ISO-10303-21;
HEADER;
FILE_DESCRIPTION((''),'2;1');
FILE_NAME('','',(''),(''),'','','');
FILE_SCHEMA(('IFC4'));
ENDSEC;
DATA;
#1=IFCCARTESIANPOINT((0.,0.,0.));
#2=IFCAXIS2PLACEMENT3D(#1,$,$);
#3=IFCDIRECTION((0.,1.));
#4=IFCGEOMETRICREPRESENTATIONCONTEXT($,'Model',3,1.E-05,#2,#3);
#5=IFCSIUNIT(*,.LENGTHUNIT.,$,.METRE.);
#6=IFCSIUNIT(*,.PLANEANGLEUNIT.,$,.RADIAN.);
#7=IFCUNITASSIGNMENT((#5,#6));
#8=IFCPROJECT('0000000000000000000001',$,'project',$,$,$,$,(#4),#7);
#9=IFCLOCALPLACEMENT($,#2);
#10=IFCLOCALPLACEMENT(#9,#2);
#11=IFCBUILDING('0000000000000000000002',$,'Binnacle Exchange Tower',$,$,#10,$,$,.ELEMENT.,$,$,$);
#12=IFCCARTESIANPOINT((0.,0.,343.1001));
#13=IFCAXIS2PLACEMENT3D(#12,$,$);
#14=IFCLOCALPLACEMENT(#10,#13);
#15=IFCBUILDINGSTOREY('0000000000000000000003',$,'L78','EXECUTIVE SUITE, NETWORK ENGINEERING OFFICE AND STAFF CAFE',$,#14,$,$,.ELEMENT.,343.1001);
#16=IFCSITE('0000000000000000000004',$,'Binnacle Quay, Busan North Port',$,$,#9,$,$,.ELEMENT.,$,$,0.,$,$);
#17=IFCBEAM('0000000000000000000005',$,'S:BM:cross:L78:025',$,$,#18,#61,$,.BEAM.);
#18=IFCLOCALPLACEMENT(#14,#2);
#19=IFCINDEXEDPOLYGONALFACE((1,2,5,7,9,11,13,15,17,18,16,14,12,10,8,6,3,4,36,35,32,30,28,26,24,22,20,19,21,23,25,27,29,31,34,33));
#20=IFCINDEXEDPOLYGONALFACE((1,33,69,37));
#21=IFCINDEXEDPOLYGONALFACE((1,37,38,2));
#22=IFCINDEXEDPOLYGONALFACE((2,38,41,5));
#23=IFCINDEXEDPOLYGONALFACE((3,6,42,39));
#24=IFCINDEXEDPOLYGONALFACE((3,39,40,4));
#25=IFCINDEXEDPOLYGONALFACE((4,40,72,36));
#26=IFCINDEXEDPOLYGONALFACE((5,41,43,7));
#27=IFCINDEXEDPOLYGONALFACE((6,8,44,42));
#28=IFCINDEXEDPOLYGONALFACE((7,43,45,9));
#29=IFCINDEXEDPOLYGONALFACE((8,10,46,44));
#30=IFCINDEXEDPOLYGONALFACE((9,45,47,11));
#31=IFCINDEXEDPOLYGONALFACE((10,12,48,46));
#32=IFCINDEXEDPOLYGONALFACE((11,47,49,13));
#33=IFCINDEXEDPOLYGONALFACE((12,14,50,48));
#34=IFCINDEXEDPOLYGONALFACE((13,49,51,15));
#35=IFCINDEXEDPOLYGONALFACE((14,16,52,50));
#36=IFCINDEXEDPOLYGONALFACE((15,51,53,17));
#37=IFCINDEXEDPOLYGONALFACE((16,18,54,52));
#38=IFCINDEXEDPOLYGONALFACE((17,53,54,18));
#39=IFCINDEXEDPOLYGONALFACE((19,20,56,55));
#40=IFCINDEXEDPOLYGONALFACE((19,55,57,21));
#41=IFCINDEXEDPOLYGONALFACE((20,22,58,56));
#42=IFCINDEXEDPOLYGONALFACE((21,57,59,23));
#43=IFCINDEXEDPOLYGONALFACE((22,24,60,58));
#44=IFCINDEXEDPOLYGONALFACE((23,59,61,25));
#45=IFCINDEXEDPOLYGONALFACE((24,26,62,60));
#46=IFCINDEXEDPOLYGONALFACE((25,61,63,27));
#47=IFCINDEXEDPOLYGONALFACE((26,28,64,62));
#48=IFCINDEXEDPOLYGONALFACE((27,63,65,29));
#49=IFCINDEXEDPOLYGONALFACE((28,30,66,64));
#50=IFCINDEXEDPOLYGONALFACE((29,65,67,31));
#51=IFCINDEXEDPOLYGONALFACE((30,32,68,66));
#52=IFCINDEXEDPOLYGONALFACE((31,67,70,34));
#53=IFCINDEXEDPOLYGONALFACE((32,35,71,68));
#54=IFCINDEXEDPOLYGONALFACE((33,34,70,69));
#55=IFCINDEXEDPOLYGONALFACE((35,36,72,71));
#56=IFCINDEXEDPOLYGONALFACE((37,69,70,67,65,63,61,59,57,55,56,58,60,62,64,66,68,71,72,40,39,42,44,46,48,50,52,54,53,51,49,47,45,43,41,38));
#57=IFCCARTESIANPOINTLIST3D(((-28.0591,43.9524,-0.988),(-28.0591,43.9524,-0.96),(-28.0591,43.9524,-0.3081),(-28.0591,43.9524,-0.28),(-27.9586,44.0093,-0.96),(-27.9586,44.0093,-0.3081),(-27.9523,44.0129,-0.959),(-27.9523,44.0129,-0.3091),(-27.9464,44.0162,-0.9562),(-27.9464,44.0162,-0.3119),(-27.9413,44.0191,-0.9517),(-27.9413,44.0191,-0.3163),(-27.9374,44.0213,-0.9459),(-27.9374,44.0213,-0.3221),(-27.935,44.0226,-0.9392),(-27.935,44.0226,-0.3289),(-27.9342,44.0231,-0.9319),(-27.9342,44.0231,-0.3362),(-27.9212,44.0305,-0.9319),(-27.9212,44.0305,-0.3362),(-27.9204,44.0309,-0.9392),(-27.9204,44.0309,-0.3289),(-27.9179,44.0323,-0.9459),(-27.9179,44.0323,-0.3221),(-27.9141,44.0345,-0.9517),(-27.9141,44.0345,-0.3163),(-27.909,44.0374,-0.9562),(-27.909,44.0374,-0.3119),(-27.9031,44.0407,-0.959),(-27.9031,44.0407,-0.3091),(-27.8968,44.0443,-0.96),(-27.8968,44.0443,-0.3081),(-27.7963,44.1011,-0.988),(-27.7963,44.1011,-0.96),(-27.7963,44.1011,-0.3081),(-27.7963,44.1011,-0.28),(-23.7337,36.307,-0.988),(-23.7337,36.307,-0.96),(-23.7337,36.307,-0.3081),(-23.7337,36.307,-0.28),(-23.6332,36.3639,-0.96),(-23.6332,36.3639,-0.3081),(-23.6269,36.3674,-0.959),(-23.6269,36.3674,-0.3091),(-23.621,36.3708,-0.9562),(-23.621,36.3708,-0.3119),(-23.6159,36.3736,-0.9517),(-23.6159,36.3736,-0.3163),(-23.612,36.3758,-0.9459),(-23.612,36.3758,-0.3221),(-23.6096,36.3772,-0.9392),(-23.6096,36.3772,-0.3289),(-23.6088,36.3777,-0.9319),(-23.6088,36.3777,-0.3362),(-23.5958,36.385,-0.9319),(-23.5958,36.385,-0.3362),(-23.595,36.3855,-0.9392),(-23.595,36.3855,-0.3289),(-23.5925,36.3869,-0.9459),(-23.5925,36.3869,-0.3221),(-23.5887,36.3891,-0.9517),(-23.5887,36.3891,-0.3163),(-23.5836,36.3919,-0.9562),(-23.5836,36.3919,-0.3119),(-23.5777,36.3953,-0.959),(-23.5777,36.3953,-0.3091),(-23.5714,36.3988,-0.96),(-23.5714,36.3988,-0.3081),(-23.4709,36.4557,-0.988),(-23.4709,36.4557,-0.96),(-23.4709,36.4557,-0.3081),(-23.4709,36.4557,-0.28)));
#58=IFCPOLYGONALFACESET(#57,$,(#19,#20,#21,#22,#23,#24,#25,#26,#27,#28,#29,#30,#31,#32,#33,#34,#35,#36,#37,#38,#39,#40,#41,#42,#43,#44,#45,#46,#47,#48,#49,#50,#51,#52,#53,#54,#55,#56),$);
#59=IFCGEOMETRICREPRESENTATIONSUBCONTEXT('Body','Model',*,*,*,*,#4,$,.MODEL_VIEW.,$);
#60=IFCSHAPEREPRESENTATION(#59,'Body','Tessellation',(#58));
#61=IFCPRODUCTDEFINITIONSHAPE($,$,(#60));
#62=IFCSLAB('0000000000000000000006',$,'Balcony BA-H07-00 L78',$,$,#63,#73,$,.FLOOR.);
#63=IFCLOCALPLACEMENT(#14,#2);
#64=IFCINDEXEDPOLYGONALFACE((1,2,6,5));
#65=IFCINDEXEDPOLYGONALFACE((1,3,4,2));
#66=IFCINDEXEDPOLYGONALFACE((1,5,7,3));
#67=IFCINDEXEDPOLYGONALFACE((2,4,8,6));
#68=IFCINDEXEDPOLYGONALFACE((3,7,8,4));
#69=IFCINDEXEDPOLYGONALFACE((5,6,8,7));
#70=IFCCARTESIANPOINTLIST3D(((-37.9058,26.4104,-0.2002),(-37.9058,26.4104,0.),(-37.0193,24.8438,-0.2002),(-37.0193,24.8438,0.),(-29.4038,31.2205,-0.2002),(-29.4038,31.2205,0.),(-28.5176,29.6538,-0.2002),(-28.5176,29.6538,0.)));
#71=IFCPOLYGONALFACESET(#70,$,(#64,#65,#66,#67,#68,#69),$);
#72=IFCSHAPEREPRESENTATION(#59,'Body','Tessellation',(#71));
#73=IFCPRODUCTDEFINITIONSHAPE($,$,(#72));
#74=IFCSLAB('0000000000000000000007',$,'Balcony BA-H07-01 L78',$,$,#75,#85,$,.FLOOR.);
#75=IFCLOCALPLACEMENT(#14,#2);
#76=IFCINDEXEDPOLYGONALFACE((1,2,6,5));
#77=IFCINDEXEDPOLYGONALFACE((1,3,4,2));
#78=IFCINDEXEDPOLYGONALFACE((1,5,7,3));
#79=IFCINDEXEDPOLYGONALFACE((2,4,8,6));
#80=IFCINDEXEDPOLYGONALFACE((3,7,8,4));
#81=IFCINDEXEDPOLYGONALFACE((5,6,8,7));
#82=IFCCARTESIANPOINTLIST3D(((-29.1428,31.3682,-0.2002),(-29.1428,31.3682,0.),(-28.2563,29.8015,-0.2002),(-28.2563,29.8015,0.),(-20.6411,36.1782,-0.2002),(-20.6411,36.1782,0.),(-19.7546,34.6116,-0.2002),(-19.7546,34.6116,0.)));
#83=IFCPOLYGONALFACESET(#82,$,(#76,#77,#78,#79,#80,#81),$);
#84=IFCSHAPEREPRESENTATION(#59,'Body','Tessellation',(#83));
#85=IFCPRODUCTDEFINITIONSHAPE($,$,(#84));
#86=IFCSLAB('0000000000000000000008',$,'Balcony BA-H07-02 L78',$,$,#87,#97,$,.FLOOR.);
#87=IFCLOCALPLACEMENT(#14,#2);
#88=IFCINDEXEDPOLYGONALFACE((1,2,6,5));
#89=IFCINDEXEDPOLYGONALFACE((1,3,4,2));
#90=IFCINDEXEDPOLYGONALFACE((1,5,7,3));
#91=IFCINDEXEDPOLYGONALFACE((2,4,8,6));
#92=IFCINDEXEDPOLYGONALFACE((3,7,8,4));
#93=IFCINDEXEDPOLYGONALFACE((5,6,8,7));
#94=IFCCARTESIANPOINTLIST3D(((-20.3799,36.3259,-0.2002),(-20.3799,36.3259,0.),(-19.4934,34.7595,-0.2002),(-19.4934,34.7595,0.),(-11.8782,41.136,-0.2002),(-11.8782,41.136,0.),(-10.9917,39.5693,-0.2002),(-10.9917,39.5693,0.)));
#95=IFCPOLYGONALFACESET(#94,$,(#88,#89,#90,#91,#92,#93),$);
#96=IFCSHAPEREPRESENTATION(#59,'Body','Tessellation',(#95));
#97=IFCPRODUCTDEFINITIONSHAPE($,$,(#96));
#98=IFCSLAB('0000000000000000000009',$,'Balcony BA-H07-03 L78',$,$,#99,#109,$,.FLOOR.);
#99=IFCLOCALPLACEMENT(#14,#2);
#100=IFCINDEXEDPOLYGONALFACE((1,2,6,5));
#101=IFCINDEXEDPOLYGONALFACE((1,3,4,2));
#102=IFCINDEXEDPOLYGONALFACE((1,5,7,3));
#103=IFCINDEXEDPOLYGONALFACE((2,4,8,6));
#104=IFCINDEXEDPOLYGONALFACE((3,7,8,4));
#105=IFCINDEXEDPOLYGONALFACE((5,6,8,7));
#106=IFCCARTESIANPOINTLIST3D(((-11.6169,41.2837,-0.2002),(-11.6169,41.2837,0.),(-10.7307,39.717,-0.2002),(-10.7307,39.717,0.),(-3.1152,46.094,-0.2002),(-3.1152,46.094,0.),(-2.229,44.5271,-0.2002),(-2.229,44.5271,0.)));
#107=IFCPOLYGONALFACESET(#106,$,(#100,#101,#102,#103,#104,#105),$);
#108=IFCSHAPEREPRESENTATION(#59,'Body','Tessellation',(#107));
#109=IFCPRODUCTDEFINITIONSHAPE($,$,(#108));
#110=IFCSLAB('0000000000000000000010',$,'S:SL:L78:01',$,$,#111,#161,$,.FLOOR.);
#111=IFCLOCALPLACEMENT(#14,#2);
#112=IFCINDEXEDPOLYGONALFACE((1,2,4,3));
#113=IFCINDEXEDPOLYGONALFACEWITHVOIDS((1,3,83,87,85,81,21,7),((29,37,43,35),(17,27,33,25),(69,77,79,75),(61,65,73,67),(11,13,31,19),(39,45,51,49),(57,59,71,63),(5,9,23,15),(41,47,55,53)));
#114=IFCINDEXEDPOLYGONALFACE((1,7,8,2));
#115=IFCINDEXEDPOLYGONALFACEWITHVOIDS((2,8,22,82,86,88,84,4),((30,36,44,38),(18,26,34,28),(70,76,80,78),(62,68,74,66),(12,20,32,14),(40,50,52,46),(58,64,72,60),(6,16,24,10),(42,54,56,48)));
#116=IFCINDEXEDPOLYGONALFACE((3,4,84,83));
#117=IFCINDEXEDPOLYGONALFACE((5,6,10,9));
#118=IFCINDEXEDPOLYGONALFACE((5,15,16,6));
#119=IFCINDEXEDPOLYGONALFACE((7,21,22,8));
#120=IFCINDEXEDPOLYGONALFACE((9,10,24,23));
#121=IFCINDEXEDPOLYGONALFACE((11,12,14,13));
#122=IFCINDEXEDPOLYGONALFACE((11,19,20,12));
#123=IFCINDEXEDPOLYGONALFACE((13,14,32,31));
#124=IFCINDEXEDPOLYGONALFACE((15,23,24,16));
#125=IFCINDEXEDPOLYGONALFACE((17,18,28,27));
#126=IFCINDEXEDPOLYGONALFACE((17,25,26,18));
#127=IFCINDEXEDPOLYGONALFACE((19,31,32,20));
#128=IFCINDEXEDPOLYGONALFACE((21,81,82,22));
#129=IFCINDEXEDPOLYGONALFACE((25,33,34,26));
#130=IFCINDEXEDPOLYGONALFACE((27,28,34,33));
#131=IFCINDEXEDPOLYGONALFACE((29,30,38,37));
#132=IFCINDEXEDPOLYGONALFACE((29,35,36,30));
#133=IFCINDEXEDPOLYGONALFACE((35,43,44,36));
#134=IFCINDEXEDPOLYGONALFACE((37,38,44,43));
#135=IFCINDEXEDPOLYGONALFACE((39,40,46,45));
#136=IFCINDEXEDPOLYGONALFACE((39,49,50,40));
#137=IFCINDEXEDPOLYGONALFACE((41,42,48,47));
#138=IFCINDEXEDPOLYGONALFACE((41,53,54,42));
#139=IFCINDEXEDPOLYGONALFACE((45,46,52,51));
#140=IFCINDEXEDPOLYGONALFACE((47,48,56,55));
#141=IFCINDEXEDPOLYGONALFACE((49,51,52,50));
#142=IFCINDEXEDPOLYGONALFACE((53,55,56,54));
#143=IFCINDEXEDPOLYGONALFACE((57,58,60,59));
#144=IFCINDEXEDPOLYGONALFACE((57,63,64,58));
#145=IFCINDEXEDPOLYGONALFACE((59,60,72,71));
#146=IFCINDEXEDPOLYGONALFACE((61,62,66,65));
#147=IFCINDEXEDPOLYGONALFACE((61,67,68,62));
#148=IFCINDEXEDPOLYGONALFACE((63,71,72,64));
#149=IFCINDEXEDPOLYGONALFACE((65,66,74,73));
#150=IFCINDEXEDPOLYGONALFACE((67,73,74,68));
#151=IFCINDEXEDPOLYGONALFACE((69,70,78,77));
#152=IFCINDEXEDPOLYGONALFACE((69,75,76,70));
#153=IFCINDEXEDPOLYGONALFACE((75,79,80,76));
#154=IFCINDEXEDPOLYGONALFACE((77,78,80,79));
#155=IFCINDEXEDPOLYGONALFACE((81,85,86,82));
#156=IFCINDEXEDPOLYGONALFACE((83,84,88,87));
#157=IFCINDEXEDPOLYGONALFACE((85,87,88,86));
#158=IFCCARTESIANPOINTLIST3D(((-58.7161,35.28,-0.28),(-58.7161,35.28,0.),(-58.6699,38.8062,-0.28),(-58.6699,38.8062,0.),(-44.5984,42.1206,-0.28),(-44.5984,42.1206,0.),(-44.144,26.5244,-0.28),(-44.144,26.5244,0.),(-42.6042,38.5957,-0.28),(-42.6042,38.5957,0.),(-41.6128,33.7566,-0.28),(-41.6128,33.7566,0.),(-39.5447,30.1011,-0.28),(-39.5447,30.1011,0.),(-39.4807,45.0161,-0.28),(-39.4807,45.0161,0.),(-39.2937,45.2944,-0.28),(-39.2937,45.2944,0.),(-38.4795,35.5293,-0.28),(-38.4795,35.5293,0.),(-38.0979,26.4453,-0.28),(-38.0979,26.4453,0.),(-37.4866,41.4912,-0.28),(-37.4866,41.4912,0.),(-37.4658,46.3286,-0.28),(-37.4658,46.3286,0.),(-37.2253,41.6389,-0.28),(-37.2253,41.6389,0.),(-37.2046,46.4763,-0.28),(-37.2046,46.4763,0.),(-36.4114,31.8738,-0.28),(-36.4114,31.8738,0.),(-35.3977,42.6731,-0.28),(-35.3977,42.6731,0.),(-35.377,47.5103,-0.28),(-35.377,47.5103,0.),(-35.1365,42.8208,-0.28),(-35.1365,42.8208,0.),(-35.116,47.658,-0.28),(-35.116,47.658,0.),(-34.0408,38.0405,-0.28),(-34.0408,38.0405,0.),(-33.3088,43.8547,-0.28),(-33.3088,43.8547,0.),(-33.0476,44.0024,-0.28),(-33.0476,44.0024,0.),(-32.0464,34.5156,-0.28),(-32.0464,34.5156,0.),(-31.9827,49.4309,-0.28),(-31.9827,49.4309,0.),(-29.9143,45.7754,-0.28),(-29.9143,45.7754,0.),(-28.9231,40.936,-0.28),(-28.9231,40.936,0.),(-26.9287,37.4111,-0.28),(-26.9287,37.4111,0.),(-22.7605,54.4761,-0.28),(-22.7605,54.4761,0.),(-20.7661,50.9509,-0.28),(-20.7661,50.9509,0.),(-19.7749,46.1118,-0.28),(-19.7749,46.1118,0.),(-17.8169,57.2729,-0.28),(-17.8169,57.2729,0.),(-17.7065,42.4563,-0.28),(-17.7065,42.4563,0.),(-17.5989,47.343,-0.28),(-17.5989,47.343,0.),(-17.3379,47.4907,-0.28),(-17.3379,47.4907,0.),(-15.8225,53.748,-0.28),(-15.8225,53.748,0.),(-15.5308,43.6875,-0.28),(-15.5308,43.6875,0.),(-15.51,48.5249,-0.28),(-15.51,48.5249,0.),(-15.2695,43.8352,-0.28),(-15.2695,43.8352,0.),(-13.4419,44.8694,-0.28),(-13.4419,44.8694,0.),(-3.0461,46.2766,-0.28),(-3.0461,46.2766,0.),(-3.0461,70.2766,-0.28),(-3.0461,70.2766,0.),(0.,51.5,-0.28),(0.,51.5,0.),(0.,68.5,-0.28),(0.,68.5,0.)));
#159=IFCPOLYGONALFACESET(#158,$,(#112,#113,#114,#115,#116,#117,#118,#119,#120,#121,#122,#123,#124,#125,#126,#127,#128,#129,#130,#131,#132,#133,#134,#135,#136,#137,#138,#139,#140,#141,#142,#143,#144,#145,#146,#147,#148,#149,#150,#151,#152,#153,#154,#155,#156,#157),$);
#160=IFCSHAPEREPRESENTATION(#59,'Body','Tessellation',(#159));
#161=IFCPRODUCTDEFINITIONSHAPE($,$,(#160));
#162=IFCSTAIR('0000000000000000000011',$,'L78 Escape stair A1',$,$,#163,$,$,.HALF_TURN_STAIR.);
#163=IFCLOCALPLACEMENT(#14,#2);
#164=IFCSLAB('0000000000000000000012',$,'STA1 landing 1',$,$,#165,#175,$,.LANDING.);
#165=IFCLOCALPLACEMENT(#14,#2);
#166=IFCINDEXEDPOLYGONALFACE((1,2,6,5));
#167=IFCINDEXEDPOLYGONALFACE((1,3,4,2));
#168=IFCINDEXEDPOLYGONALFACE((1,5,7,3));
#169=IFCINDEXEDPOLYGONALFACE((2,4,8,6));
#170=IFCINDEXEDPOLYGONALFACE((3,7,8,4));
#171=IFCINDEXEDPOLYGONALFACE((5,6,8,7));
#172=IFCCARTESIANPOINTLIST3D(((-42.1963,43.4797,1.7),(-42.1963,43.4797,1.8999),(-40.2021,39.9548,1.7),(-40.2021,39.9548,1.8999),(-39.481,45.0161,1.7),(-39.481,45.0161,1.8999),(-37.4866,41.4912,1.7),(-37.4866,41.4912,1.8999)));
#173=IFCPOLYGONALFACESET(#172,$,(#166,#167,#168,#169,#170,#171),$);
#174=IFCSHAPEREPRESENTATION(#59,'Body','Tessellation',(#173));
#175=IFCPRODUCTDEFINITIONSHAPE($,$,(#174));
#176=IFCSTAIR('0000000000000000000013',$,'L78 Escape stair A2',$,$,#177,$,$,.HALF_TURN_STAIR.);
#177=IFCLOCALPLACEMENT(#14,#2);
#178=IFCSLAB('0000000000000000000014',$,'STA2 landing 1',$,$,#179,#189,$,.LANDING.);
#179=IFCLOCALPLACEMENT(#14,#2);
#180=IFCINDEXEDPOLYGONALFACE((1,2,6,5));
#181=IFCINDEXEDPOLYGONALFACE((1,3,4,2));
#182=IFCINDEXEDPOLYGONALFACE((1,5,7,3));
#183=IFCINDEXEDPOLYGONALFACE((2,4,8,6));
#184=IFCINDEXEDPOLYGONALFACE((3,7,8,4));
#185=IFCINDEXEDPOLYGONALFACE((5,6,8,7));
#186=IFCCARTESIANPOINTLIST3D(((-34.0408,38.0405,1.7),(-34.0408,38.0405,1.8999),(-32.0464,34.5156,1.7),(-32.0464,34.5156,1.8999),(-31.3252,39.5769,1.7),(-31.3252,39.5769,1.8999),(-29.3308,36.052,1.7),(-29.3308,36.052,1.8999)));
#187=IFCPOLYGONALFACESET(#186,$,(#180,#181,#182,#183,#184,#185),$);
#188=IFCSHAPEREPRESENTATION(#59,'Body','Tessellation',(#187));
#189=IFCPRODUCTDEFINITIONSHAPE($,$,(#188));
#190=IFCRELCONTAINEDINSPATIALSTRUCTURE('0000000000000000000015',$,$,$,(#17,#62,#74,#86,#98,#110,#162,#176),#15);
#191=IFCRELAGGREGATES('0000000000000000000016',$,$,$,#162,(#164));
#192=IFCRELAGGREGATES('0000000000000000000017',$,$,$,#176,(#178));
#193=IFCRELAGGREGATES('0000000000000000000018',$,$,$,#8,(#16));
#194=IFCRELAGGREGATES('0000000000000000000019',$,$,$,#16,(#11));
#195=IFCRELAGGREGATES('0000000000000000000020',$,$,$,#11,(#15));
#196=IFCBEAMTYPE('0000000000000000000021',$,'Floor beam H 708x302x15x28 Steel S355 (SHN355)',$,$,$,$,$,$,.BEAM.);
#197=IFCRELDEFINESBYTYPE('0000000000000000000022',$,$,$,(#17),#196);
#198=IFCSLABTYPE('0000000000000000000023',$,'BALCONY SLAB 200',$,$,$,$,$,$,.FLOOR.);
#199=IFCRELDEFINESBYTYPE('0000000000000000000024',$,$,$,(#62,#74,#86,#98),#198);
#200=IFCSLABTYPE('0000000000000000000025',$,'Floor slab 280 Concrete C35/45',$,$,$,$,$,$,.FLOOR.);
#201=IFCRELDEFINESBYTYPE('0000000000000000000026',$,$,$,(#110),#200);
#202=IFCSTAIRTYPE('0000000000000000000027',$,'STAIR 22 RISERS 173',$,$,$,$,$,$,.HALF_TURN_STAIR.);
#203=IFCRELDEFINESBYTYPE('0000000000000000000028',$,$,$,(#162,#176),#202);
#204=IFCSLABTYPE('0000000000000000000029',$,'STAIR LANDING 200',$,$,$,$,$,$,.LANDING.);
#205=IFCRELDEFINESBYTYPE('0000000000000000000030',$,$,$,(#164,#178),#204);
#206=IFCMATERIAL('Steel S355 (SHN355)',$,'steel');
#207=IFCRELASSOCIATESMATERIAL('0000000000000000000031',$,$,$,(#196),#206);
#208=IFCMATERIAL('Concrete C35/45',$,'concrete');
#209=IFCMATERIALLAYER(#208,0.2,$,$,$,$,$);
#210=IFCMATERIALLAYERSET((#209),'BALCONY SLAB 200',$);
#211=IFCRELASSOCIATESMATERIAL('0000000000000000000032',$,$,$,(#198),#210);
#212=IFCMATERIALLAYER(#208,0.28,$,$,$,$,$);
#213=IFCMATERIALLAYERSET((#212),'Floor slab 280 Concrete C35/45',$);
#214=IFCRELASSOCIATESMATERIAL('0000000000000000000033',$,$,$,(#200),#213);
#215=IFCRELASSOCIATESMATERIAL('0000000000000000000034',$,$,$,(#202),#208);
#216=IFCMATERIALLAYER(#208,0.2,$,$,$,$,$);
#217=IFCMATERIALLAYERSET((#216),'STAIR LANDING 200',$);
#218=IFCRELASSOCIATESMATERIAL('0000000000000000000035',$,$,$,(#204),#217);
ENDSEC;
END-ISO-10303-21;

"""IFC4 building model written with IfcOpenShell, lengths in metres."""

from ifc_helpers import new_model, si_unit, direction, frame, origin, origin_2d, place, context, subcontext, project, spatial, polyline, i_section, outline, extrude, material, layer, layer_set, material_profile, profile_set, type_object, element, aggregate, save


model = new_model("IFC4")

# Units and contexts
model_context = context("Model", 3, precision=1e-05, world=origin(), true_north=direction((0.0, 1.0)))
body_context = subcontext(model_context, "Body", "Model", "MODEL_VIEW")
ifc_project = project(units=[si_unit("LENGTHUNIT", "METRE"), si_unit("PLANEANGLEUNIT", "RADIAN")], contexts=[model_context])

# Site, building, storey
site_placement = place(None, origin())
site = spatial("IfcSite", under=ifc_project, at=site_placement, Name="Binnacle Quay, Busan North Port", CompositionType="ELEMENT", RefElevation=0.0)
building_placement = place(site_placement, origin())
building = spatial("IfcBuilding", under=site, at=building_placement, Name="Binnacle Exchange Tower", CompositionType="ELEMENT")
storey_placement = place(building_placement, frame((0.0, 0.0, 343.1001)))
storey = spatial("IfcBuildingStorey", under=building, at=storey_placement, Name="L78", Description="EXECUTIVE SUITE, NETWORK ENGINEERING OFFICE AND STAFF CAFE", CompositionType="ELEMENT", Elevation=343.1001)

# Beam
ifc_material_1 = material(Name="Steel S355 (SHN355)", Category="steel")
ifc_material_profile_1 = material_profile(ifc_material_1, i_section(OverallWidth=0.302, OverallDepth=0.708, WebThickness=0.0149, FlangeThickness=0.0281, FilletRadius=0.0281, at=origin_2d()), Name="H 708x302x15x28")
ifc_profile_set_1 = profile_set([ifc_material_profile_1], Name="Steel S355 (SHN355)")
beam_type_1 = type_object("IfcBeamType", Name="Floor beam H 708x302x15x28 Steel S355 (SHN355)", PredefinedType="BEAM", material=ifc_profile_set_1)
beam_1_placement = place(storey_placement, frame((-23.6023, 36.3813, -0.634), z_axis=(-0.492408, 0.870365, 0.0), x_axis=(-0.870365, -0.492408, 0.0)))
element("IfcBeam", 1, at=beam_1_placement, inside=storey, type_object=beam_type_1, Name="S:BM:cross:L78:025", PredefinedType="BEAM", context=body_context, shape_type="SweptSolid", body=[
    extrude(i_section(OverallWidth=0.302, OverallDepth=0.708, WebThickness=0.0149, FlangeThickness=0.0281, FilletRadius=0.0281, at=origin_2d()), origin(), (0.0, 0.0, 1.0), 8.7842),
])

# Slabs
ifc_material_2 = material(Name="Concrete C35/45", Category="concrete")
ifc_layer_1 = layer(ifc_material_2, 0.2)
ifc_layer_set_1 = layer_set([ifc_layer_1], Name="BALCONY SLAB 200")
slab_type_1 = type_object("IfcSlabType", Name="BALCONY SLAB 200", PredefinedType="FLOOR", material=ifc_layer_set_1)
slab_1_placement = place(storey_placement, frame((0.0, 0.0, -0.2002)))
element("IfcSlab", 2, at=slab_1_placement, inside=storey, type_object=slab_type_1, Name="Balcony BA-H07-00 L78", PredefinedType="FLOOR", context=body_context, shape_type="SweptSolid", body=[
    extrude(outline(polyline([(-37.9058, 26.4104), (-29.4038, 31.2205), (-28.5176, 29.6538), (-37.0193, 24.8438), (-37.9058, 26.4104)])), origin(), (0.0, 0.0, 1.0), 0.2002),
])
slab_2_placement = place(storey_placement, frame((0.0, 0.0, -0.2002)))
element("IfcSlab", 3, at=slab_2_placement, inside=storey, type_object=slab_type_1, Name="Balcony BA-H07-01 L78", PredefinedType="FLOOR", context=body_context, shape_type="SweptSolid", body=[
    extrude(outline(polyline([(-29.1428, 31.3682), (-20.6411, 36.1782), (-19.7546, 34.6116), (-28.2563, 29.8015), (-29.1428, 31.3682)])), origin(), (0.0, 0.0, 1.0), 0.2002),
])
slab_3_placement = place(storey_placement, frame((0.0, 0.0, -0.2002)))
element("IfcSlab", 4, at=slab_3_placement, inside=storey, type_object=slab_type_1, Name="Balcony BA-H07-02 L78", PredefinedType="FLOOR", context=body_context, shape_type="SweptSolid", body=[
    extrude(outline(polyline([(-20.3799, 36.3259), (-11.8782, 41.136), (-10.9917, 39.5693), (-19.4934, 34.7595), (-20.3799, 36.3259)])), origin(), (0.0, 0.0, 1.0), 0.2002),
])
slab_4_placement = place(storey_placement, frame((0.0, 0.0, -0.2002)))
element("IfcSlab", 5, at=slab_4_placement, inside=storey, type_object=slab_type_1, Name="Balcony BA-H07-03 L78", PredefinedType="FLOOR", context=body_context, shape_type="SweptSolid", body=[
    extrude(outline(polyline([(-11.6169, 41.2837), (-3.1152, 46.094), (-2.229, 44.5271), (-10.7307, 39.717), (-11.6169, 41.2837)])), origin(), (0.0, 0.0, 1.0), 0.2002),
])
ifc_layer_2 = layer(ifc_material_2, 0.28)
ifc_layer_set_2 = layer_set([ifc_layer_2], Name="Floor slab 280 Concrete C35/45")
slab_type_2 = type_object("IfcSlabType", Name="Floor slab 280 Concrete C35/45", PredefinedType="FLOOR", material=ifc_layer_set_2)
slab_5_placement = place(storey_placement, frame((0.0, 0.0, -0.28)))
element("IfcSlab", 6, at=slab_5_placement, inside=storey, type_object=slab_type_2, Name="S:SL:L78:01", PredefinedType="FLOOR", context=body_context, shape_type="SweptSolid", body=[
    extrude(outline(polyline([(-38.0979, 26.4453), (-44.144, 26.5244), (-58.7161, 35.28), (-58.6699, 38.8062), (-3.0461, 70.2766), (0.0, 68.5), (0.0, 51.5), (-3.0461, 46.2766), (-38.0979, 26.4453)]), holes=[polyline([(-38.4795, 35.5293), (-41.6128, 33.7566), (-39.5447, 30.1011), (-36.4114, 31.8738), (-38.4795, 35.5293)]), polyline([(-32.0464, 34.5156), (-26.9287, 37.4111), (-28.9231, 40.936), (-34.0408, 38.0405), (-32.0464, 34.5156)]), polyline([(-39.4807, 45.0161), (-44.5984, 42.1206), (-42.6042, 38.5957), (-37.4866, 41.4912), (-39.4807, 45.0161)]), polyline([(-37.4658, 46.3286), (-39.2937, 45.2944), (-37.2253, 41.6389), (-35.3977, 42.6731), (-37.4658, 46.3286)]), polyline([(-17.5989, 47.343), (-19.7749, 46.1118), (-17.7065, 42.4563), (-15.5308, 43.6875), (-17.5989, 47.343)]), polyline([(-35.377, 47.5103), (-37.2046, 46.4763), (-35.1365, 42.8208), (-33.3088, 43.8547), (-35.377, 47.5103)]), polyline([(-15.51, 48.5249), (-17.3379, 47.4907), (-15.2695, 43.8352), (-13.4419, 44.8694), (-15.51, 48.5249)]), polyline([(-29.9143, 45.7754), (-31.9827, 49.4309), (-35.116, 47.658), (-33.0476, 44.0024), (-29.9143, 45.7754)]), polyline([(-15.8225, 53.748), (-17.8169, 57.2729), (-22.7605, 54.4761), (-20.7661, 50.9509), (-15.8225, 53.748)])]), origin(), (0.0, 0.0, 1.0), 0.28),
])

# Stairs, slabs
stair_type = type_object("IfcStairType", Name="STAIR 22 RISERS 173", PredefinedType="HALF_TURN_STAIR", material=ifc_material_2)
stair_1_placement = place(storey_placement, origin())
stair_1 = element("IfcStair", 7, at=stair_1_placement, inside=storey, type_object=stair_type, Name="L78 Escape stair A1", PredefinedType="HALF_TURN_STAIR")
ifc_layer_3 = layer(ifc_material_2, 0.2)
ifc_layer_set_3 = layer_set([ifc_layer_3], Name="STAIR LANDING 200")
slab_type_3 = type_object("IfcSlabType", Name="STAIR LANDING 200", PredefinedType="LANDING", material=ifc_layer_set_3)
slab_6_placement = place(storey_placement, frame((0.0, 0.0, 1.7)))
slab_6 = element("IfcSlab", 8, at=slab_6_placement, type_object=slab_type_3, Name="STA1 landing 1", PredefinedType="LANDING", context=body_context, shape_type="SweptSolid", body=[
    extrude(outline(polyline([(-40.2021, 39.9548), (-37.4866, 41.4912), (-39.481, 45.0161), (-42.1963, 43.4797), (-40.2021, 39.9548)])), origin(), (0.0, 0.0, 1.0), 0.2),
])
aggregate(stair_1, [slab_6])
stair_2_placement = place(storey_placement, origin())
stair_2 = element("IfcStair", 9, at=stair_2_placement, inside=storey, type_object=stair_type, Name="L78 Escape stair A2", PredefinedType="HALF_TURN_STAIR")
slab_7_placement = place(storey_placement, frame((0.0, 0.0, 1.7)))
slab_7 = element("IfcSlab", 10, at=slab_7_placement, type_object=slab_type_3, Name="STA2 landing 1", PredefinedType="LANDING", context=body_context, shape_type="SweptSolid", body=[
    extrude(outline(polyline([(-31.3252, 39.5769), (-34.0408, 38.0405), (-32.0464, 34.5156), (-29.3308, 36.052), (-31.3252, 39.5769)])), origin(), (0.0, 0.0, 1.0), 0.2),
])

aggregate(stair_2, [slab_7])

save(model, "model.ifc")
